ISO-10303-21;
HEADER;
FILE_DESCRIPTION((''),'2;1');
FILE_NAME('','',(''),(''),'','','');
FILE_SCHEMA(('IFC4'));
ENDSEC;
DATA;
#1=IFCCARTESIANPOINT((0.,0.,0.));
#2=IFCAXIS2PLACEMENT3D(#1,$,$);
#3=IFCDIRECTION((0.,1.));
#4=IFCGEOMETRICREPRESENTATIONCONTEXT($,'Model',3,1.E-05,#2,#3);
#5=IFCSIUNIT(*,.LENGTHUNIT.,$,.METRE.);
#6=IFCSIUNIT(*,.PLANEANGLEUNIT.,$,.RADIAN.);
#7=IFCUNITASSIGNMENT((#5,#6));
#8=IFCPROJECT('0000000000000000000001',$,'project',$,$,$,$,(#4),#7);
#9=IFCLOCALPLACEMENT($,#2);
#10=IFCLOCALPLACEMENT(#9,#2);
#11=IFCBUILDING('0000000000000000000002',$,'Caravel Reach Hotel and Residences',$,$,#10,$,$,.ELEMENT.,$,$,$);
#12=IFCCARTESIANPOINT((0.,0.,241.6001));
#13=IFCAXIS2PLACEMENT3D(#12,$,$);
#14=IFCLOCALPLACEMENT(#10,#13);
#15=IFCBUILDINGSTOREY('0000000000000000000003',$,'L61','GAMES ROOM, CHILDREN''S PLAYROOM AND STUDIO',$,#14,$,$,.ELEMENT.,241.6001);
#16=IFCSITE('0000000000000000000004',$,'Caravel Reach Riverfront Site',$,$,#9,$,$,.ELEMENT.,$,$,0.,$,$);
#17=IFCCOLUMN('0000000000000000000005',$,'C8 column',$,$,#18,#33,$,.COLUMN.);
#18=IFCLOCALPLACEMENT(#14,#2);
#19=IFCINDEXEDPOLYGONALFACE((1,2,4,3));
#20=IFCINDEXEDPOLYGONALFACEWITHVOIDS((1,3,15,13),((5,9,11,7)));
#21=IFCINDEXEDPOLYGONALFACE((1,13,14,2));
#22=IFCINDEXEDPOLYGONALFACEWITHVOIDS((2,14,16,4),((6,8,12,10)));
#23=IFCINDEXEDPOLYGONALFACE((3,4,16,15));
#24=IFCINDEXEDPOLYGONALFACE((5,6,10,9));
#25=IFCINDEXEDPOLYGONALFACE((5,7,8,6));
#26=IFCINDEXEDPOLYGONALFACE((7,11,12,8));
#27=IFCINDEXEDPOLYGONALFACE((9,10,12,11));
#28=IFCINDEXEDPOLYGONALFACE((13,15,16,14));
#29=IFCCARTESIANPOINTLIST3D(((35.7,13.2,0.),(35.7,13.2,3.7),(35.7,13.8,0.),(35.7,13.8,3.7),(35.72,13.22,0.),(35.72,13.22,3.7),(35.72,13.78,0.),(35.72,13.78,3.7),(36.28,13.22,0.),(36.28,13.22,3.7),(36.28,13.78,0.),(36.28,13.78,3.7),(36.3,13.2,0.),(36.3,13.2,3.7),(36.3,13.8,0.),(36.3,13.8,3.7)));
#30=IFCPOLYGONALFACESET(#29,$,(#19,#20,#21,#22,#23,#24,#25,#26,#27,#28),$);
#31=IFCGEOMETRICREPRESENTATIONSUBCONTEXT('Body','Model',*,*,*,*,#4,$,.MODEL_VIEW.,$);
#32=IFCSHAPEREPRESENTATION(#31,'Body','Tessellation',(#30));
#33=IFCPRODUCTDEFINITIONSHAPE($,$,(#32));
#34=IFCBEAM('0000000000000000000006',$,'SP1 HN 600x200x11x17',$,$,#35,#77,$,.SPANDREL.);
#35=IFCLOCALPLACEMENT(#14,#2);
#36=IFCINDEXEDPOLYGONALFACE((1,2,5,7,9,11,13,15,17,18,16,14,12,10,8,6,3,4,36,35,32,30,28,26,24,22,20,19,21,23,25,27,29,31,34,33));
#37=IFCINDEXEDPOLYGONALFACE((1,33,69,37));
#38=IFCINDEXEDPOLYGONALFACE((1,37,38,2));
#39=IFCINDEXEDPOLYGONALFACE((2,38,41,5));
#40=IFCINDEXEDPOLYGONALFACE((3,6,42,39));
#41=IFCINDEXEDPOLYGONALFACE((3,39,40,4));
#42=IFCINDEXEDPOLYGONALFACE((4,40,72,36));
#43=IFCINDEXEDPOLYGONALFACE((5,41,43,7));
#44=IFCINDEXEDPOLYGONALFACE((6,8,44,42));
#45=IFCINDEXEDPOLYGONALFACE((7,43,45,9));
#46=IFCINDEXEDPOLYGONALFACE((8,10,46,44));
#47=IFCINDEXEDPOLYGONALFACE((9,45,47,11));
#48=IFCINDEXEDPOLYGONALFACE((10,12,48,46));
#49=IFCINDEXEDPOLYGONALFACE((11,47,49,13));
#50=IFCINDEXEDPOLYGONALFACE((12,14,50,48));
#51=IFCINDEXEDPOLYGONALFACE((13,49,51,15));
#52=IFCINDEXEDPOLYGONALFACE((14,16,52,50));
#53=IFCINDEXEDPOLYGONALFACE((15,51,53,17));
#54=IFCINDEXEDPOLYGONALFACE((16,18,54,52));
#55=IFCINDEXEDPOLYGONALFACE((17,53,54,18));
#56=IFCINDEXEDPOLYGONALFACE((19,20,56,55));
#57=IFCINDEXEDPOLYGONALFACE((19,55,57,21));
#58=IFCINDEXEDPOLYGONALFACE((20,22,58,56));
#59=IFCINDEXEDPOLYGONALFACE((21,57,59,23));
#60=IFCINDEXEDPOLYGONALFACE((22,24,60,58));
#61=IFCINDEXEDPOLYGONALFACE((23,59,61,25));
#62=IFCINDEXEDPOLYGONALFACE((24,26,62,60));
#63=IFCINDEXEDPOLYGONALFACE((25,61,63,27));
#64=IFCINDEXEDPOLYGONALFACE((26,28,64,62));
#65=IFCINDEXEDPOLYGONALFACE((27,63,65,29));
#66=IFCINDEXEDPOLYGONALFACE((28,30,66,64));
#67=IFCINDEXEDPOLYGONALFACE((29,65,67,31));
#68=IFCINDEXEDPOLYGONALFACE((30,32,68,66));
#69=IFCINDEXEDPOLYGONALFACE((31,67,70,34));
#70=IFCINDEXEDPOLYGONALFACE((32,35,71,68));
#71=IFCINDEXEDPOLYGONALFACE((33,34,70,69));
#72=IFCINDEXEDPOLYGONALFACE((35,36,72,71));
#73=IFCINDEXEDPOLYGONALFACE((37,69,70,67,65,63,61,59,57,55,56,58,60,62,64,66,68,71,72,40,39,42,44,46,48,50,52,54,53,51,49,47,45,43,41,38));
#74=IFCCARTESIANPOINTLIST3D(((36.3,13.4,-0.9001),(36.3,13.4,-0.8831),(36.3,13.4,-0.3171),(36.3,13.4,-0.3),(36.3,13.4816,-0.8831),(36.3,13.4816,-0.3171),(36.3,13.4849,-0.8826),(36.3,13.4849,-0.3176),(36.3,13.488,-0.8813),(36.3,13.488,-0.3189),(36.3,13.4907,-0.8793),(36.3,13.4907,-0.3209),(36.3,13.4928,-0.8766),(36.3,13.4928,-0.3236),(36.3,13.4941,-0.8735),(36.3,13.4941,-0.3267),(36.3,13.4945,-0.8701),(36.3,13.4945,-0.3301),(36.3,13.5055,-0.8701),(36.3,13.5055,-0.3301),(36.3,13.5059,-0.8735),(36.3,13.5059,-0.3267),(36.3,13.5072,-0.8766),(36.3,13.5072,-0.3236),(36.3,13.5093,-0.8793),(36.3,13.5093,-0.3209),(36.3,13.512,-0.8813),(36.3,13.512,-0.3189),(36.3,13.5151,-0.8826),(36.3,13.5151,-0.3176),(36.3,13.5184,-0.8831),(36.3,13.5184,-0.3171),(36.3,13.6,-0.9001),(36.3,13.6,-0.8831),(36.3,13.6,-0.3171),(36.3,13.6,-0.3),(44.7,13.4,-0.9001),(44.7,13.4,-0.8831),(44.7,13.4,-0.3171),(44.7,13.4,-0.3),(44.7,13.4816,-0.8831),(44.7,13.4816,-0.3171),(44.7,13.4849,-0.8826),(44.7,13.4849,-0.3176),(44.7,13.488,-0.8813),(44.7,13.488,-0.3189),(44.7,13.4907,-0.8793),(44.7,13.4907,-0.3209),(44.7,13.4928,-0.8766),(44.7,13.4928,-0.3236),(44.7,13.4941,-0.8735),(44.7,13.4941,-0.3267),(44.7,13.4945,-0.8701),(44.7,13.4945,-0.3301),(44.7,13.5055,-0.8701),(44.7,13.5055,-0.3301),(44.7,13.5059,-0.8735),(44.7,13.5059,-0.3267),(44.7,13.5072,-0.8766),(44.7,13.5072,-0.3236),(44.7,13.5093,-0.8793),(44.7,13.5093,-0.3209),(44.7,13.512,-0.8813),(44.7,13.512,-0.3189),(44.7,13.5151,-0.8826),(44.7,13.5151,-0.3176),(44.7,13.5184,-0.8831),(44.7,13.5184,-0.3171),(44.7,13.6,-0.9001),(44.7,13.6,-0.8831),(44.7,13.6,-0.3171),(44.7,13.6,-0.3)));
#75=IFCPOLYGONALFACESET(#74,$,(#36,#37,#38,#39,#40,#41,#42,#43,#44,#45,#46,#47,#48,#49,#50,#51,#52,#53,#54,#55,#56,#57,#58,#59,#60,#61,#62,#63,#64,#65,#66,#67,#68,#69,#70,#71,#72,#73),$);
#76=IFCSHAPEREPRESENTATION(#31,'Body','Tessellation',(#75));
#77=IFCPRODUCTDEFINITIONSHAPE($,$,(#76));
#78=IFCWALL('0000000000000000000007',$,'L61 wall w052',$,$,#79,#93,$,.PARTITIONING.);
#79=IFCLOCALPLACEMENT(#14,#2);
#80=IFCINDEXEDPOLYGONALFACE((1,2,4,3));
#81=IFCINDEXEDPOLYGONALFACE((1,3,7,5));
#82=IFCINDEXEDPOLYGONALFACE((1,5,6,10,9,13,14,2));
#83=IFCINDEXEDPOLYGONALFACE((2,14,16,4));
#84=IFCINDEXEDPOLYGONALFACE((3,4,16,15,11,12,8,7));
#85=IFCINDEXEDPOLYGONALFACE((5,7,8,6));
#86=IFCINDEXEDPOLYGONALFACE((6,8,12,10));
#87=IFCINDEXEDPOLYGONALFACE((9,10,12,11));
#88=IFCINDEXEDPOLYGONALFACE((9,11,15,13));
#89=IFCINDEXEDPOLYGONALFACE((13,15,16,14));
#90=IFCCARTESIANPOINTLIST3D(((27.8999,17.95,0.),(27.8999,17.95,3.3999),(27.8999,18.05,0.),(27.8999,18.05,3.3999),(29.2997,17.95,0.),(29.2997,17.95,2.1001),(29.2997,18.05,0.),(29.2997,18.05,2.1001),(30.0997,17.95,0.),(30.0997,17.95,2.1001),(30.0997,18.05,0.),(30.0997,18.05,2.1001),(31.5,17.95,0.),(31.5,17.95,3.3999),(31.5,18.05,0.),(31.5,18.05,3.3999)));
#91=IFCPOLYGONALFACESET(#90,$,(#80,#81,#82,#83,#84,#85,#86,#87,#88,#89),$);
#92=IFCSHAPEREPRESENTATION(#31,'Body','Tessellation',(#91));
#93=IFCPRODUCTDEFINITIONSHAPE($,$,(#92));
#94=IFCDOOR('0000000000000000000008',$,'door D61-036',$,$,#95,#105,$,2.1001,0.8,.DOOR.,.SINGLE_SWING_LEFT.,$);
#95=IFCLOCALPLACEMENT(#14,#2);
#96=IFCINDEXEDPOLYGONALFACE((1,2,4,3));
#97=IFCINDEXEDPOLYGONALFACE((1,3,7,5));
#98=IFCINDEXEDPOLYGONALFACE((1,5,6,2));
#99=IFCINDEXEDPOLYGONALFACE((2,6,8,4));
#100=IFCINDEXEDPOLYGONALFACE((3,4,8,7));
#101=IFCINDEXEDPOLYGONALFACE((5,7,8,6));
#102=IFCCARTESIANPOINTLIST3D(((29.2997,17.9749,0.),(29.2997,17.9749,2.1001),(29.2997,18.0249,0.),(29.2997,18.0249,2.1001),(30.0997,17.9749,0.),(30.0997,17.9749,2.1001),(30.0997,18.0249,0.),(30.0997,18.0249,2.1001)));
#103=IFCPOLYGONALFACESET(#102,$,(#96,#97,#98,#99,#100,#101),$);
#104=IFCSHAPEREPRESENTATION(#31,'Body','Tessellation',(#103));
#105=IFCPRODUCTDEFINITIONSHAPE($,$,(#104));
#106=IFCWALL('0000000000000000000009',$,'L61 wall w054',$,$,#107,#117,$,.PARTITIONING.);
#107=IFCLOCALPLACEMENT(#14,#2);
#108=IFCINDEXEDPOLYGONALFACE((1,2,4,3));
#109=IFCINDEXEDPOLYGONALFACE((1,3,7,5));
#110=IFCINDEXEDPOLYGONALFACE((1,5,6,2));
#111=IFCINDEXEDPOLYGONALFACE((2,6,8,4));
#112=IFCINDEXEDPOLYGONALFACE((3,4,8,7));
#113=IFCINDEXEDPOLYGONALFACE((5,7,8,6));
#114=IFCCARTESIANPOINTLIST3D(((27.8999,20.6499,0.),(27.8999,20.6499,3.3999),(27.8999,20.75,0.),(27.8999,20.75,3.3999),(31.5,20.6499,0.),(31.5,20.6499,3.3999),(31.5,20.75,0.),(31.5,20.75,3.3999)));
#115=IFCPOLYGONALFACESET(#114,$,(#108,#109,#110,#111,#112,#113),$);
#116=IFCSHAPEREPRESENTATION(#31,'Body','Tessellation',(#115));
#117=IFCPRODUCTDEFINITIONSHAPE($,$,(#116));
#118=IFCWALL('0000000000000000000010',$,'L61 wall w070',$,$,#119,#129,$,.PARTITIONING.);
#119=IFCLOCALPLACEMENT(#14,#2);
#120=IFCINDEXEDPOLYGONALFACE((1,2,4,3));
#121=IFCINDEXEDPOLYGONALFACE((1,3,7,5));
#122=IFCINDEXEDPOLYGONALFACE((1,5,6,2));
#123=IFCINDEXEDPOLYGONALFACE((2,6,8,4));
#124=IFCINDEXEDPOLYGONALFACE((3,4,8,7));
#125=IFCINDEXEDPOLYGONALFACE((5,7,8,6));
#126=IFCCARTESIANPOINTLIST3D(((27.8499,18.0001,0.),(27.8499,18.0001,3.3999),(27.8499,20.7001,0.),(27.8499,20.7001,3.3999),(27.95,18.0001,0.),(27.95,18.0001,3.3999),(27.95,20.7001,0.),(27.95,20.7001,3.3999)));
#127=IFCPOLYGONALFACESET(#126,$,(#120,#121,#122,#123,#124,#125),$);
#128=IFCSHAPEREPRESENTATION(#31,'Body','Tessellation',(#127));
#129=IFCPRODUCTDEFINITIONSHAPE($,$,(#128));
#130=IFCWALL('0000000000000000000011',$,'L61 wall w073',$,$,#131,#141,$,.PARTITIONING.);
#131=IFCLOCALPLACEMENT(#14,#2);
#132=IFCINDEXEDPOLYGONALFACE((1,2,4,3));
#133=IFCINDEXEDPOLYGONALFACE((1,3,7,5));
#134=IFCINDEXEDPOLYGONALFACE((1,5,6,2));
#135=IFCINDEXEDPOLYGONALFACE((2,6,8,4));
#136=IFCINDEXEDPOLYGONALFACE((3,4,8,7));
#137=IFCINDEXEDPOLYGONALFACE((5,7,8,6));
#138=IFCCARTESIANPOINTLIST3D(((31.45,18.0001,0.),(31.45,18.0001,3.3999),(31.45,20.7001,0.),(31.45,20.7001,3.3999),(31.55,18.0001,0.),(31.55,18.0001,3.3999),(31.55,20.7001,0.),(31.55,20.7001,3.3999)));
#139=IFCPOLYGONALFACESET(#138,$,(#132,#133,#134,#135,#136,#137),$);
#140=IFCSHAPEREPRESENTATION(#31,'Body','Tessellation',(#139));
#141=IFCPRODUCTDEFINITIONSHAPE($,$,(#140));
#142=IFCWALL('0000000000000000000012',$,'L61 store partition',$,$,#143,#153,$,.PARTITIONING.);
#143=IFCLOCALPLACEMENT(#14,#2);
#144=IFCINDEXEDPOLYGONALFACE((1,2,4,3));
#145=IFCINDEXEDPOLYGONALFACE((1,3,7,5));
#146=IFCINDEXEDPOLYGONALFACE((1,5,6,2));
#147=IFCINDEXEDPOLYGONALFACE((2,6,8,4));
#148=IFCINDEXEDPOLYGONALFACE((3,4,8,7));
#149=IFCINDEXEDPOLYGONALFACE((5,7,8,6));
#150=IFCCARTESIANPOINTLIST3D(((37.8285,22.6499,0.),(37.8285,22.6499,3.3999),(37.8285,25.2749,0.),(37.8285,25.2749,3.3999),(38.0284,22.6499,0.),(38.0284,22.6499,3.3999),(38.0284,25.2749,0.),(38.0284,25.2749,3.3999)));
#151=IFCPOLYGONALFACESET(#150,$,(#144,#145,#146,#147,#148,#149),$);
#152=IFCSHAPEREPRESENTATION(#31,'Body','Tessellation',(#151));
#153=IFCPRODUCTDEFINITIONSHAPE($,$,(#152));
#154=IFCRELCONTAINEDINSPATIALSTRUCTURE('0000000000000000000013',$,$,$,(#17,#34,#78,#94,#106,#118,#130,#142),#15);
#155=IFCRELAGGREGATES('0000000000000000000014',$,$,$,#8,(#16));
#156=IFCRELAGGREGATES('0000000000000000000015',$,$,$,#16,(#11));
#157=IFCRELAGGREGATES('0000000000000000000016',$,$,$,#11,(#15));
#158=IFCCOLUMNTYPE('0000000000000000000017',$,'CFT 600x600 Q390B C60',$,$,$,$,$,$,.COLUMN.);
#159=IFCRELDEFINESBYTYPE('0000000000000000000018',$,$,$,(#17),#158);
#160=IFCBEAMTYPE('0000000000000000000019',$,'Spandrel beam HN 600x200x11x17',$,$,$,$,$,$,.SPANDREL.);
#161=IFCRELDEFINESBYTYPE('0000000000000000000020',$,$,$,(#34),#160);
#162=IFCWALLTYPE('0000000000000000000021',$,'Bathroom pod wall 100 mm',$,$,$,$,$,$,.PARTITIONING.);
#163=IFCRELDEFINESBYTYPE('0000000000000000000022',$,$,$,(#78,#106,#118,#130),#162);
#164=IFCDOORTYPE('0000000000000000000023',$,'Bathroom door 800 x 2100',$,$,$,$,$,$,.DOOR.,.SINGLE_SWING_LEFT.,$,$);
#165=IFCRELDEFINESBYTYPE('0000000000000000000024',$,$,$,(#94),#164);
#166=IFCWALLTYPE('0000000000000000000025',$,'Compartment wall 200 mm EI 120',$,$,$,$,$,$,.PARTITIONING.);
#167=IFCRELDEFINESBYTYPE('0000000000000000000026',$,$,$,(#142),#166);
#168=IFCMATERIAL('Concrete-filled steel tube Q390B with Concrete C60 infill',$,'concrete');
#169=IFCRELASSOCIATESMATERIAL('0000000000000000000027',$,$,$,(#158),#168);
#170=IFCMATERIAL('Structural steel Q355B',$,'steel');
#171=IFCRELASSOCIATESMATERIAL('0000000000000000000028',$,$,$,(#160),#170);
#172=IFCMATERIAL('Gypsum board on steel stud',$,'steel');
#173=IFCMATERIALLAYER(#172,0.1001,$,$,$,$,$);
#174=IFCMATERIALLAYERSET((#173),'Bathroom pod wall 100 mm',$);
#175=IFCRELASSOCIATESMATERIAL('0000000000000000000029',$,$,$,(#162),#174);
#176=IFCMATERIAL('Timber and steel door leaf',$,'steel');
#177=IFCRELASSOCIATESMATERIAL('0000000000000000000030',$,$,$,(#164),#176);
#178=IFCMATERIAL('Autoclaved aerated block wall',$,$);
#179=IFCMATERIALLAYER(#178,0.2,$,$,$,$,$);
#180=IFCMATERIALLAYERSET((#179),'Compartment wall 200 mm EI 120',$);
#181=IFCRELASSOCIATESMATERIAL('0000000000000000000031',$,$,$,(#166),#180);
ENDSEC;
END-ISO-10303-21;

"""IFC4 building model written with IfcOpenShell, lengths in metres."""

from ifc_helpers import new_model, si_unit, direction, frame, frame_2d, origin, origin_2d, place, context, subcontext, project, spatial, rectangle, hollow_rectangle, i_section, extrude, material, layer, layer_set, material_profile, profile_set, type_object, element, fill, save


model = new_model("IFC4")

# Units and contexts
model_context = context("Model", 3, precision=1e-05, world=origin(), true_north=direction((0.0, 1.0)))
body_context = subcontext(model_context, "Body", "Model", "MODEL_VIEW")
ifc_project = project(units=[si_unit("LENGTHUNIT", "METRE"), si_unit("PLANEANGLEUNIT", "RADIAN")], contexts=[model_context])

# Site, building, storey
site_placement = place(None, origin())
site = spatial("IfcSite", under=ifc_project, at=site_placement, Name="Caravel Reach Riverfront Site", CompositionType="ELEMENT", RefElevation=0.0)
building_placement = place(site_placement, origin())
building = spatial("IfcBuilding", under=site, at=building_placement, Name="Caravel Reach Hotel and Residences", CompositionType="ELEMENT")
storey_placement = place(building_placement, frame((0.0, 0.0, 241.6001)))
storey = spatial("IfcBuildingStorey", under=building, at=storey_placement, Name="L61", Description="GAMES ROOM, CHILDREN'S PLAYROOM AND STUDIO", CompositionType="ELEMENT", Elevation=241.6001)

# Column
ifc_material_1 = material(Name="Concrete-filled steel tube Q390B with Concrete C60 infill", Category="concrete")
ifc_material_profile_1 = material_profile(ifc_material_1, hollow_rectangle(XDim=0.6001, YDim=0.6001, WallThickness=0.02, at=origin_2d()), Name="RHS 600x600x20")
ifc_profile_set_1 = profile_set([ifc_material_profile_1], Name="Concrete-filled steel tube Q390B with Concrete C60 infill")
column_type = type_object("IfcColumnType", Name="CFT 600x600 Q390B C60", PredefinedType="COLUMN", material=ifc_profile_set_1)
column_placement = place(storey_placement, frame((36.0, 13.5, 0.0), z_axis=(0.0, 0.0, 1.0), x_axis=(1.0, 0.0, 0.0)))
element("IfcColumn", 1, at=column_placement, inside=storey, type_object=column_type, Name="C8 column", PredefinedType="COLUMN", context=body_context, shape_type="SweptSolid", body=[
    extrude(hollow_rectangle(XDim=0.6001, YDim=0.6001, WallThickness=0.02, at=origin_2d()), origin(), (0.0, 0.0, 1.0), 3.7),
])

# Beam
ifc_material_2 = material(Name="Structural steel Q355B", Category="steel")
ifc_material_profile_2 = material_profile(ifc_material_2, i_section(OverallWidth=0.2, OverallDepth=0.6001, WebThickness=0.011, FlangeThickness=0.0171, FilletRadius=0.0129, at=origin_2d()), Name="HN 600x200x11x17")
ifc_profile_set_2 = profile_set([ifc_material_profile_2], Name="Structural steel Q355B")
beam_type = type_object("IfcBeamType", Name="Spandrel beam HN 600x200x11x17", PredefinedType="SPANDREL", material=ifc_profile_set_2)
beam_placement = place(storey_placement, frame((36.3, 13.5, -0.6001), z_axis=(1.0, 0.0, 0.0), x_axis=(0.0, 1.0, 0.0)))
element("IfcBeam", 2, at=beam_placement, inside=storey, type_object=beam_type, Name="SP1 HN 600x200x11x17", PredefinedType="SPANDREL", context=body_context, shape_type="SweptSolid", body=[
    extrude(i_section(OverallWidth=0.2, OverallDepth=0.6001, WebThickness=0.011, FlangeThickness=0.0171, FilletRadius=0.0129, at=origin_2d()), origin(), (0.0, 0.0, 1.0), 8.3999),
])

# Wall, opening, door
ifc_material_3 = material(Name="Gypsum board on steel stud", Category="steel")
ifc_layer_1 = layer(ifc_material_3, 0.1001)
ifc_layer_set_1 = layer_set([ifc_layer_1], Name="Bathroom pod wall 100 mm")
wall_type_1 = type_object("IfcWallType", Name="Bathroom pod wall 100 mm", PredefinedType="PARTITIONING", material=ifc_layer_set_1)
wall_1_placement = place(storey_placement, frame((27.8999, 18.0, 0.0), z_axis=(0.0, 0.0, 1.0), x_axis=(1.0, 0.0, 0.0)))
wall_1 = element("IfcWall", 3, at=wall_1_placement, inside=storey, type_object=wall_type_1, Name="L61 wall w052", PredefinedType="PARTITIONING", context=body_context, shape_type="SweptSolid", body=[
    extrude(rectangle(XDim=3.6001, YDim=0.1001, at=frame_2d((1.8, 0.0))), origin(), (0.0, 0.0, 1.0), 3.3999),
])
opening_1_placement = place(wall_1_placement, frame((1.3999, 0.0, 0.0)))
opening_1 = element("IfcOpeningElement", 4, at=opening_1_placement, cuts=wall_1, PredefinedType="OPENING", context=body_context, shape_type="SweptSolid", body=[
    extrude(rectangle(XDim=0.8, YDim=2.1001, at=frame_2d((0.3999, 1.05))), frame((0.0, 0.0601, 0.0), z_axis=(0.0, -1.0, 0.0), x_axis=(1.0, 0.0, 0.0)), (0.0, 0.0, 1.0), 0.1201),
])
ifc_material_4 = material(Name="Timber and steel door leaf", Category="steel")
door_type_1 = type_object("IfcDoorType", Name="Bathroom door 800 x 2100", OperationType="SINGLE_SWING_LEFT", PredefinedType="DOOR", material=ifc_material_4)
door_1_placement = place(opening_1_placement, origin())
door_1 = element("IfcDoor", 5, at=door_1_placement, inside=storey, type_object=door_type_1, Name="door D61-036", OperationType="SINGLE_SWING_LEFT", OverallHeight=2.1001, OverallWidth=0.8, PredefinedType="DOOR", context=body_context, shape_type="SweptSolid", body=[
    extrude(rectangle(XDim=0.8, YDim=2.1001, at=frame_2d((0.3999, 1.05))), frame((0.0, 0.0249, 0.0), z_axis=(0.0, -1.0, 0.0), x_axis=(1.0, 0.0, 0.0)), (0.0, 0.0, 1.0), 0.05),
])
fill(opening_1, door_1)

# Walls
wall_2_placement = place(storey_placement, frame((27.8999, 20.7, 0.0), z_axis=(0.0, 0.0, 1.0), x_axis=(1.0, 0.0, 0.0)))
element("IfcWall", 6, at=wall_2_placement, inside=storey, type_object=wall_type_1, Name="L61 wall w054", PredefinedType="PARTITIONING", context=body_context, shape_type="SweptSolid", body=[
    extrude(rectangle(XDim=3.6001, YDim=0.1001, at=frame_2d((1.8, 0.0))), origin(), (0.0, 0.0, 1.0), 3.3999),
])
for number, where, z_axis, x_axis, name in (
    (7, (27.8999, 18.0, 0.0), (0.0, 0.0, 1.0), (0.0, 1.0, 0.0), "L61 wall w070"),
    (8, (31.5, 18.0, 0.0), (0.0, 0.0, 1.0), (0.0, 1.0, 0.0), "L61 wall w073"),
):
    element("IfcWall", number, at=place(storey_placement, frame(where, z_axis=z_axis, x_axis=x_axis)), inside=storey, type_object=wall_type_1, Name=name, PredefinedType="PARTITIONING", context=body_context, shape_type="SweptSolid", body=[
        extrude(rectangle(XDim=2.7, YDim=0.1001, at=frame_2d((1.3501, 0.0))), origin(), (0.0, 0.0, 1.0), 3.3999),
    ])
ifc_material_5 = material(Name="Autoclaved aerated block wall")
ifc_layer_2 = layer(ifc_material_5, 0.2)
ifc_layer_set_2 = layer_set([ifc_layer_2], Name="Compartment wall 200 mm EI 120")
wall_type_2 = type_object("IfcWallType", Name="Compartment wall 200 mm EI 120", PredefinedType="PARTITIONING", material=ifc_layer_set_2)
wall_3_placement = place(storey_placement, frame((37.9285, 22.6499, 0.0), z_axis=(0.0, 0.0, 1.0), x_axis=(0.0, 1.0, 0.0)))
element("IfcWall", 9, at=wall_3_placement, inside=storey, type_object=wall_type_2, Name="L61 store partition", PredefinedType="PARTITIONING", context=body_context, shape_type="SweptSolid", body=[
    extrude(rectangle(XDim=2.625, YDim=0.2, at=frame_2d((1.3125, 0.0))), origin(), (0.0, 0.0, 1.0), 3.3999),
])

save(model, "model.ifc")
